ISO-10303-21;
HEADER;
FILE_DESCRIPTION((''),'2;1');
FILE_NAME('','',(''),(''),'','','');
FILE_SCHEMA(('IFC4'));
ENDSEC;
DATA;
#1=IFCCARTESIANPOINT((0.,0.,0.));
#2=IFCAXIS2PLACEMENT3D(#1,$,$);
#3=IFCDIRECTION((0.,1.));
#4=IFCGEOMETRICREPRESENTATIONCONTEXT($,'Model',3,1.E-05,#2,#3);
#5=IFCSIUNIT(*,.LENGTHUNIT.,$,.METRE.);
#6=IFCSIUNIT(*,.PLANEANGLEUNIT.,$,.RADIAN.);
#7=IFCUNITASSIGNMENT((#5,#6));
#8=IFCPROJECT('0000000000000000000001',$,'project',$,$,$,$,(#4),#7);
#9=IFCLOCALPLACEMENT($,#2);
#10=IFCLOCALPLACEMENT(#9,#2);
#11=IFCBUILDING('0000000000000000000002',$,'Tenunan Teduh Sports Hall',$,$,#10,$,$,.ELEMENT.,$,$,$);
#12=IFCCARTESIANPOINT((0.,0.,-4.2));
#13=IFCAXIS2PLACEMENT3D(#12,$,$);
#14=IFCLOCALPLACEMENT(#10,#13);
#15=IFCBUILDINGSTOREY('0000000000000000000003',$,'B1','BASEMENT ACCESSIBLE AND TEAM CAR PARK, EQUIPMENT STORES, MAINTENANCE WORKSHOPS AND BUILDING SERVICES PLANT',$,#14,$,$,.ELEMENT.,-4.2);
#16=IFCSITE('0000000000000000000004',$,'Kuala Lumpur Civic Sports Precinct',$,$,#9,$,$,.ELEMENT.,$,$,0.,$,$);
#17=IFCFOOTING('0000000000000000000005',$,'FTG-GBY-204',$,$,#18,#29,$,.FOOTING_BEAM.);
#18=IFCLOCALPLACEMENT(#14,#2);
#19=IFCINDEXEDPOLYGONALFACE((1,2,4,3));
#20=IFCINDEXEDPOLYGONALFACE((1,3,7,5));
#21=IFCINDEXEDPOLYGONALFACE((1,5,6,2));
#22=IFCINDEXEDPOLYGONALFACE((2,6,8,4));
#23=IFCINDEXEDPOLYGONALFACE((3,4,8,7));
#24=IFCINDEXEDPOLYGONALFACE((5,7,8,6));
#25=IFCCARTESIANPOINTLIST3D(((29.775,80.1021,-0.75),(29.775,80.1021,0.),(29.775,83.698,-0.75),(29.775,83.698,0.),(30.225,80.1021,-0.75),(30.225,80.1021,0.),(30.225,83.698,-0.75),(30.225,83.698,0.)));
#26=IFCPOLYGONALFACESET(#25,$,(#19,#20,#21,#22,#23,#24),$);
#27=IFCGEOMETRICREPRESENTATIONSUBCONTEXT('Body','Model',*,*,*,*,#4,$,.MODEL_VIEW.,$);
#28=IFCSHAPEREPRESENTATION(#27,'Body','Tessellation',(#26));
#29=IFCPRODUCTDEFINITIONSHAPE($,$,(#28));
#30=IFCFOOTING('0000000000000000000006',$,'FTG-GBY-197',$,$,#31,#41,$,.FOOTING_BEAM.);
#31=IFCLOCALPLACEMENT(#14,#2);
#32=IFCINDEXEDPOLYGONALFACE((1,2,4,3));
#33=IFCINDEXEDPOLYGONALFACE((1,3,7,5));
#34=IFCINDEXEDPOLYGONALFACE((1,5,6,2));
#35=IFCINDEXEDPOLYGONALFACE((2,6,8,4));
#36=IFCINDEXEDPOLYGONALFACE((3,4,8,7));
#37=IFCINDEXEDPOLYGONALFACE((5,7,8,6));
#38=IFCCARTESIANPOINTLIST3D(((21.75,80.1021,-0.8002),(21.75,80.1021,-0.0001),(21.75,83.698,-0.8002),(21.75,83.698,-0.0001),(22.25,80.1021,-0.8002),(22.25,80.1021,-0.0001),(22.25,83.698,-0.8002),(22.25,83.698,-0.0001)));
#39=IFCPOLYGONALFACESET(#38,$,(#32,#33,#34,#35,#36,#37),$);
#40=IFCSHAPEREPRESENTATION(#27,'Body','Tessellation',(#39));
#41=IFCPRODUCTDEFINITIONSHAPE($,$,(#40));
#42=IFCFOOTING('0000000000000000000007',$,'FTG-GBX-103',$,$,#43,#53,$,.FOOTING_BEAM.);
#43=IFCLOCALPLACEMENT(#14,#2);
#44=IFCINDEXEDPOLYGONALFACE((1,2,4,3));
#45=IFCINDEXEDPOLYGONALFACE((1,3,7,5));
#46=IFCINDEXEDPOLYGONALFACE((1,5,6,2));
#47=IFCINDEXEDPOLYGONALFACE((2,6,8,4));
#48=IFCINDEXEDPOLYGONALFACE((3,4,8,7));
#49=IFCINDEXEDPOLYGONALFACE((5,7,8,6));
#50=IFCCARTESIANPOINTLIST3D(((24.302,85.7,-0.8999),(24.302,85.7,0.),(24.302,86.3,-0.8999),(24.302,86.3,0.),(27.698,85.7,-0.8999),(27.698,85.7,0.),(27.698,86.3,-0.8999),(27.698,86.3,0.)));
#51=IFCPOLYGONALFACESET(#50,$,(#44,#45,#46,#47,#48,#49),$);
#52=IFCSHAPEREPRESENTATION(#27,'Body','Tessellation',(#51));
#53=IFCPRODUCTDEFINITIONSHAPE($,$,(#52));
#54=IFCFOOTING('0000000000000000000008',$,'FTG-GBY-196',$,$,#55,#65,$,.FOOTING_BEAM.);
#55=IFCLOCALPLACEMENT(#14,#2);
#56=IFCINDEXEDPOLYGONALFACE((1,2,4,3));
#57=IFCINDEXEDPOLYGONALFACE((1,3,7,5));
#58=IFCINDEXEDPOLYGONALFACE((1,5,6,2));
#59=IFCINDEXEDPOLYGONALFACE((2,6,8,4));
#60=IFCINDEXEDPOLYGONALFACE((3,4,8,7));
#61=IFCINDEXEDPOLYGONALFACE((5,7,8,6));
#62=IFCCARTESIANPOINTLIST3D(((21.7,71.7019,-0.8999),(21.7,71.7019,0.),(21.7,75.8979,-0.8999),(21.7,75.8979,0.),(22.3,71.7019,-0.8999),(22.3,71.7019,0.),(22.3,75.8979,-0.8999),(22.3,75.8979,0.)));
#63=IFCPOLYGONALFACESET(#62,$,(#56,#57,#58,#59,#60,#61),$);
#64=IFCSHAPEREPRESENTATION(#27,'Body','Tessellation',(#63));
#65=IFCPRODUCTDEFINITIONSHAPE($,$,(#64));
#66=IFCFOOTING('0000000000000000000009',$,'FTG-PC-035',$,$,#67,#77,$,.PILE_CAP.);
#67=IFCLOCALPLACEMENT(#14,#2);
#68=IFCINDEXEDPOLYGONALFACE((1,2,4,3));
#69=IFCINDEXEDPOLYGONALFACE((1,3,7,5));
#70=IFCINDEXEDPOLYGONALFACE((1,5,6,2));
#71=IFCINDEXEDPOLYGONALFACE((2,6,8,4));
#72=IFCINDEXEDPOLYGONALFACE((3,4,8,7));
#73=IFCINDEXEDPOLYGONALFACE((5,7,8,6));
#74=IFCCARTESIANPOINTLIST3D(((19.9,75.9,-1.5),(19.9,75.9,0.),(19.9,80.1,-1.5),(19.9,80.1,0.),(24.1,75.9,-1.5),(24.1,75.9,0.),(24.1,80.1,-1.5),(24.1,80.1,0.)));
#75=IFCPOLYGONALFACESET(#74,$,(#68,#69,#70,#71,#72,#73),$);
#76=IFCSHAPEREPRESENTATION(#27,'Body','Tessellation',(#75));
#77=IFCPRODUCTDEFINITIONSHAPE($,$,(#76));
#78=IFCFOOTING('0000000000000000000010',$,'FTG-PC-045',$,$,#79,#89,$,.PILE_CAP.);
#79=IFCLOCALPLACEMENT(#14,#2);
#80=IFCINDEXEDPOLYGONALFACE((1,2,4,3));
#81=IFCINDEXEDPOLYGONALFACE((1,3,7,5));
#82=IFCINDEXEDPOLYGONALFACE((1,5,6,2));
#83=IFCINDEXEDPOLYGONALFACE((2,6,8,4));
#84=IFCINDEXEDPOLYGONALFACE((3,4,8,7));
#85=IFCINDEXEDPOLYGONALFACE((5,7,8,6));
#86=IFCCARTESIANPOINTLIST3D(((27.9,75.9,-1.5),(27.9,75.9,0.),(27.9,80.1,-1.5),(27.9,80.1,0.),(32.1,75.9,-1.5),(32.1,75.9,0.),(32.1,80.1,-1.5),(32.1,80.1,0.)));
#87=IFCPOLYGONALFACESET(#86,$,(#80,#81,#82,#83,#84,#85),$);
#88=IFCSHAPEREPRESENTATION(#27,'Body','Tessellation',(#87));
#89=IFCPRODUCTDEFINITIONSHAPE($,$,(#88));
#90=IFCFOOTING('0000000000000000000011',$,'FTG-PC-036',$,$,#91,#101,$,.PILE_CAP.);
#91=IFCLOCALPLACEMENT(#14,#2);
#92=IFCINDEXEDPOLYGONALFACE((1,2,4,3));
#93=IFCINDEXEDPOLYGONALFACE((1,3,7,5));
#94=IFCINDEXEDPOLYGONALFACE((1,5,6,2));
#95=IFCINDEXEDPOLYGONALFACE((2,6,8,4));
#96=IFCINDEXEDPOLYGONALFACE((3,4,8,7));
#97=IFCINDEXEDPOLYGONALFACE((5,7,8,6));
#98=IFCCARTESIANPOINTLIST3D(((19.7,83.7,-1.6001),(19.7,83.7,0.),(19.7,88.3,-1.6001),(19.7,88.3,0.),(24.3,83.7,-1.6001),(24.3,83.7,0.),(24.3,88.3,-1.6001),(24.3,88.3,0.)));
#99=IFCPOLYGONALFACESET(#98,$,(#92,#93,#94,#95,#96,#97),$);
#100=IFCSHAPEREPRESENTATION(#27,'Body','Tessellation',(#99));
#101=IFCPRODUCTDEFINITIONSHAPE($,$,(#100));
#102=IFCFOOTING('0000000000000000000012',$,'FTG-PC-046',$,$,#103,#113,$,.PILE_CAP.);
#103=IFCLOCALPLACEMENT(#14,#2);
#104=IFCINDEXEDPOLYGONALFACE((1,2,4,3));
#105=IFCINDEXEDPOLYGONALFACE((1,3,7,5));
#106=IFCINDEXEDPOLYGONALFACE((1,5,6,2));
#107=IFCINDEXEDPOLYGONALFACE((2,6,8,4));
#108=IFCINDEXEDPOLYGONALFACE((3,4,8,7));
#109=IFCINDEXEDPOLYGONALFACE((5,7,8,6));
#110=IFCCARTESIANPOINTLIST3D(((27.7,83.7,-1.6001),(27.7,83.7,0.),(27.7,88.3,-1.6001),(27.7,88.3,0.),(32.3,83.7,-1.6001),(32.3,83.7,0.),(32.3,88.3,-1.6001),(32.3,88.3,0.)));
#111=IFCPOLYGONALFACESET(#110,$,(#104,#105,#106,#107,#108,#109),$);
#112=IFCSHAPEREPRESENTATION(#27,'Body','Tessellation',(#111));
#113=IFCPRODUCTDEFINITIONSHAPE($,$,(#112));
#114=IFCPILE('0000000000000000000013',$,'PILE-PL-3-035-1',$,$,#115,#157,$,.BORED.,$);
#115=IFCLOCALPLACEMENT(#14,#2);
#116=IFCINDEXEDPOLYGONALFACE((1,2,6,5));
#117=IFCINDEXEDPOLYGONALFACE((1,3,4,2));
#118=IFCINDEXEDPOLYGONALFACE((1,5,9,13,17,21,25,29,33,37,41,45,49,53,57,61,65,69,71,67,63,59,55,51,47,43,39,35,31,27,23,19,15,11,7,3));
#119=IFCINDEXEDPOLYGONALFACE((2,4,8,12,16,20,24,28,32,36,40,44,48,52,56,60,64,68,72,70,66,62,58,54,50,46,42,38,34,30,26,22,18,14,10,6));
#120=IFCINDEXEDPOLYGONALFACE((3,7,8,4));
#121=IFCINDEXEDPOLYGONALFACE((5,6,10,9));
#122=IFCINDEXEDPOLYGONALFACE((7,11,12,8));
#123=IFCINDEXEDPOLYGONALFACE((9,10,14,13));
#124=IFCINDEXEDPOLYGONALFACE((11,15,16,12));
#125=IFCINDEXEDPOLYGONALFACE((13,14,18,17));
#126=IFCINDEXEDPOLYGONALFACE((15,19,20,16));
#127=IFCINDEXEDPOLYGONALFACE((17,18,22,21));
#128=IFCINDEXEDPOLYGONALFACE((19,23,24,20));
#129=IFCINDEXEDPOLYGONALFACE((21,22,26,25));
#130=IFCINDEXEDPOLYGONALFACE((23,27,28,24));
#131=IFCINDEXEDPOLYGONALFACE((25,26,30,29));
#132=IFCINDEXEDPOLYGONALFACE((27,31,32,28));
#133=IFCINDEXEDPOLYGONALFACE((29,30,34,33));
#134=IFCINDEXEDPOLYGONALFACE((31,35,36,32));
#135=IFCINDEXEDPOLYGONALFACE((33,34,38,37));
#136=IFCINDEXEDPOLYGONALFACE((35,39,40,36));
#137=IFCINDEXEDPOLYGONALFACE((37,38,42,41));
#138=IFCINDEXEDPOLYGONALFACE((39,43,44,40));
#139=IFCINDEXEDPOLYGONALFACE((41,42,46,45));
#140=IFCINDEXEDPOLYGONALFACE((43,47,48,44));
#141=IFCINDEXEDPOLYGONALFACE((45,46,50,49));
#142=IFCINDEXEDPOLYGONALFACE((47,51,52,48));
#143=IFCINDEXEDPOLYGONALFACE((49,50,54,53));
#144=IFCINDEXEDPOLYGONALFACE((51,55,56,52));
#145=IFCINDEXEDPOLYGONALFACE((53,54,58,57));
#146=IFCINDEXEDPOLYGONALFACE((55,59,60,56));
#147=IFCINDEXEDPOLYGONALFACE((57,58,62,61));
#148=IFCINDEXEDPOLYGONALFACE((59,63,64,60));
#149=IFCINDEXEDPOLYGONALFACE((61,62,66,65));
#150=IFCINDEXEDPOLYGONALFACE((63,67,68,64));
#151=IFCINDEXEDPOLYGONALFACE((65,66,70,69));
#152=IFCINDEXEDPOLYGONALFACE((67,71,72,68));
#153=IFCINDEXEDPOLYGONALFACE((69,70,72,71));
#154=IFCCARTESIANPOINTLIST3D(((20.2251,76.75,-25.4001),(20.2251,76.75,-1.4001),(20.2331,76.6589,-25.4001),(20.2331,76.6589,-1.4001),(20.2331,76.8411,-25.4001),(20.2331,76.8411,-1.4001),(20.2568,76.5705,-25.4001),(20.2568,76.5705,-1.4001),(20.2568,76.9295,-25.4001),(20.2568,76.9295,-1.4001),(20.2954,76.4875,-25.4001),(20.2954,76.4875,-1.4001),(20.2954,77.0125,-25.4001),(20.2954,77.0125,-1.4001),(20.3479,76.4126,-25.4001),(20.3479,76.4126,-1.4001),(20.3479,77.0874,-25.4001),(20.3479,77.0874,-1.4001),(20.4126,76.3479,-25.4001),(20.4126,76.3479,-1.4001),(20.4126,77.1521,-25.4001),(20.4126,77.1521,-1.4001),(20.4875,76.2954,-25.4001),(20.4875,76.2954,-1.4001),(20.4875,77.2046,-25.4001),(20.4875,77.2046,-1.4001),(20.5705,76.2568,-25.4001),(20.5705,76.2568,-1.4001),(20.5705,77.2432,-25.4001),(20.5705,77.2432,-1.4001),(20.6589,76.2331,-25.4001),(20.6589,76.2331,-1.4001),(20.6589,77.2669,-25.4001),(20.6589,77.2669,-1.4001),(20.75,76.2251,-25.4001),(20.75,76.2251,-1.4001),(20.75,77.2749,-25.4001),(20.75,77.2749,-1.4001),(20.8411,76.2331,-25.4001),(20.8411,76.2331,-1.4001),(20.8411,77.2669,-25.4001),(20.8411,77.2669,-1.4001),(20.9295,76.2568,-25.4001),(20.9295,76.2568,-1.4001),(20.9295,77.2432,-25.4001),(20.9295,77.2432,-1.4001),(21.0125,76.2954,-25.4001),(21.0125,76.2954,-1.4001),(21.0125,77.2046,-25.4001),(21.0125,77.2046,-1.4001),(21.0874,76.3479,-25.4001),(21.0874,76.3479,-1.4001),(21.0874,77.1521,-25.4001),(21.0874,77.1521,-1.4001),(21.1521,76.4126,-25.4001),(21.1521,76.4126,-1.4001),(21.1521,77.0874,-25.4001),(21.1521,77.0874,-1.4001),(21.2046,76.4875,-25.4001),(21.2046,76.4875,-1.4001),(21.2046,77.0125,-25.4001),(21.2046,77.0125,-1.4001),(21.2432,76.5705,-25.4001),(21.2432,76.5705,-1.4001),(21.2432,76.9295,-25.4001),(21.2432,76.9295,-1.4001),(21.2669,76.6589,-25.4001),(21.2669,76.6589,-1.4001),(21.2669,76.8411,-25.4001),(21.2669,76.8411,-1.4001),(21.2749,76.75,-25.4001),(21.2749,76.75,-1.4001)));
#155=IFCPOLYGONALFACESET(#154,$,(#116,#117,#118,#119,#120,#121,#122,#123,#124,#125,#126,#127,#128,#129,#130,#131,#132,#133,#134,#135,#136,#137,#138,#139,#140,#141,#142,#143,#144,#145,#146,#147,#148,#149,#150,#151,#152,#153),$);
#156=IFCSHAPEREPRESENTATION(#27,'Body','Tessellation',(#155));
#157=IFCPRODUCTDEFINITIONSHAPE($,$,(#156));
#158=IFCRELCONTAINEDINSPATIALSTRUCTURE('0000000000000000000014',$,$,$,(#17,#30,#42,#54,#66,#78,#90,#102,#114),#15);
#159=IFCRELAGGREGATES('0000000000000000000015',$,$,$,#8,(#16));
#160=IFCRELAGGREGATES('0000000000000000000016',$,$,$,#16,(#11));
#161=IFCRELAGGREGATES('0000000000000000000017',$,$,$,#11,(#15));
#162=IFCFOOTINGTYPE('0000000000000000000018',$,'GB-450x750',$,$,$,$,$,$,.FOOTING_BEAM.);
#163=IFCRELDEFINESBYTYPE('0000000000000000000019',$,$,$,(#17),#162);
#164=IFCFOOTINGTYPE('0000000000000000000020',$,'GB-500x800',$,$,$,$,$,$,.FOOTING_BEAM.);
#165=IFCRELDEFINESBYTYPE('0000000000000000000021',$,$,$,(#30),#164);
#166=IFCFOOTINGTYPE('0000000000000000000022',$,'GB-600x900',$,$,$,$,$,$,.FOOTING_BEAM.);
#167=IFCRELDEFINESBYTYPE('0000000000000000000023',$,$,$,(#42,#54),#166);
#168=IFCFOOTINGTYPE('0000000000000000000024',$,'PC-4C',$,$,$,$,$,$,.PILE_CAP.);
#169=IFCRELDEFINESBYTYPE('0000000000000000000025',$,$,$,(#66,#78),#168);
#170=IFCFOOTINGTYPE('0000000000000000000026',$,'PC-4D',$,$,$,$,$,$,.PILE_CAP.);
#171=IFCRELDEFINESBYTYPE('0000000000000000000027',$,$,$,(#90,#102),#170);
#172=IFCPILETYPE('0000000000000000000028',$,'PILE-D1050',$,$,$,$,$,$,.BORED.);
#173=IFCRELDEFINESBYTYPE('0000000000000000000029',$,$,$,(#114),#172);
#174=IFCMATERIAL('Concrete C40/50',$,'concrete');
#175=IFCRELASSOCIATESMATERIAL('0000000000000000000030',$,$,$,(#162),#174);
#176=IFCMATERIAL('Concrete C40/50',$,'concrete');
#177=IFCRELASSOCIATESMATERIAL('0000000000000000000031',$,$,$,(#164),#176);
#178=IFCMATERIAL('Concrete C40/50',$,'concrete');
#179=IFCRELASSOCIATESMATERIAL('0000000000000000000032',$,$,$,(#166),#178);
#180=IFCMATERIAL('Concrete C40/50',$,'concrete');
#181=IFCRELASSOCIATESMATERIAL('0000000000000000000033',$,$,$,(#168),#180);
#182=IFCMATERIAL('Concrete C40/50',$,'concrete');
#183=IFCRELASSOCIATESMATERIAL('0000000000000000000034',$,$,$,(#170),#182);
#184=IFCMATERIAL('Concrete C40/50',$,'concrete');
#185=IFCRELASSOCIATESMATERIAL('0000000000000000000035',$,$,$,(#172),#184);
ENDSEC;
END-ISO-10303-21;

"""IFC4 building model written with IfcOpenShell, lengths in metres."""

from ifc_helpers import new_model, si_unit, direction, frame, origin, origin_2d, place, context, subcontext, project, spatial, rectangle, circle, extrude, material, material_profile, profile_set, type_object, element, save


model = new_model("IFC4")

# Units and contexts
model_context = context("Model", 3, precision=1e-05, world=origin(), true_north=direction((0.0, 1.0)))
body_context = subcontext(model_context, "Body", "Model", "MODEL_VIEW")
ifc_project = project(units=[si_unit("LENGTHUNIT", "METRE"), si_unit("PLANEANGLEUNIT", "RADIAN")], contexts=[model_context])

# Site, building, storey
site_placement = place(None, origin())
site = spatial("IfcSite", under=ifc_project, at=site_placement, Name="Kuala Lumpur Civic Sports Precinct", CompositionType="ELEMENT", RefElevation=0.0)
building_placement = place(site_placement, origin())
building = spatial("IfcBuilding", under=site, at=building_placement, Name="Tenunan Teduh Sports Hall", CompositionType="ELEMENT")
storey_placement = place(building_placement, frame((0.0, 0.0, -4.2)))
storey = spatial("IfcBuildingStorey", under=building, at=storey_placement, Name="B1", Description="BASEMENT ACCESSIBLE AND TEAM CAR PARK, EQUIPMENT STORES, MAINTENANCE WORKSHOPS AND BUILDING SERVICES PLANT", CompositionType="ELEMENT", Elevation=-4.2)

# Footings
ifc_material_1 = material(Name="Concrete C40/50", Category="concrete")
ifc_material_profile_1 = material_profile(ifc_material_1, rectangle(XDim=0.45, YDim=0.75, at=origin_2d()), Name="RCB 450x750")
ifc_profile_set_1 = profile_set([ifc_material_profile_1], Name="Concrete C40/50")
footing_type_1 = type_object("IfcFootingType", Name="GB-450x750", PredefinedType="FOOTING_BEAM", material=ifc_profile_set_1)
footing_1_placement = place(storey_placement, frame((30.0, 80.1021, -0.375), z_axis=(0.0, 1.0, 0.0), x_axis=(-1.0, 0.0, 0.0)))
element("IfcFooting", 1, at=footing_1_placement, inside=storey, type_object=footing_type_1, Name="FTG-GBY-204", PredefinedType="FOOTING_BEAM", context=body_context, shape_type="SweptSolid", body=[
    extrude(rectangle(XDim=0.45, YDim=0.75, at=origin_2d()), origin(), (0.0, 0.0, 1.0), 3.5959),
])
ifc_material_2 = material(Name="Concrete C40/50", Category="concrete")
ifc_material_profile_2 = material_profile(ifc_material_2, rectangle(XDim=0.5, YDim=0.8, at=origin_2d()), Name="RCB 500x800")
ifc_profile_set_2 = profile_set([ifc_material_profile_2], Name="Concrete C40/50")
footing_type_2 = type_object("IfcFootingType", Name="GB-500x800", PredefinedType="FOOTING_BEAM", material=ifc_profile_set_2)
footing_2_placement = place(storey_placement, frame((22.0, 80.1021, -0.4001), z_axis=(0.0, 1.0, 0.0), x_axis=(-1.0, 0.0, 0.0)))
element("IfcFooting", 2, at=footing_2_placement, inside=storey, type_object=footing_type_2, Name="FTG-GBY-197", PredefinedType="FOOTING_BEAM", context=body_context, shape_type="SweptSolid", body=[
    extrude(rectangle(XDim=0.5, YDim=0.8, at=origin_2d()), origin(), (0.0, 0.0, 1.0), 3.5959),
])
ifc_material_3 = material(Name="Concrete C40/50", Category="concrete")
ifc_material_profile_3 = material_profile(ifc_material_3, rectangle(XDim=0.6001, YDim=0.8999, at=origin_2d()), Name="RCB 600x900")
ifc_profile_set_3 = profile_set([ifc_material_profile_3], Name="Concrete C40/50")
footing_type_3 = type_object("IfcFootingType", Name="GB-600x900", PredefinedType="FOOTING_BEAM", material=ifc_profile_set_3)
footing_3_placement = place(storey_placement, frame((24.302, 86.0, -0.45), z_axis=(1.0, 0.0, 0.0), x_axis=(0.0, 1.0, 0.0)))
element("IfcFooting", 3, at=footing_3_placement, inside=storey, type_object=footing_type_3, Name="FTG-GBX-103", PredefinedType="FOOTING_BEAM", context=body_context, shape_type="SweptSolid", body=[
    extrude(rectangle(XDim=0.6001, YDim=0.8999, at=origin_2d()), origin(), (0.0, 0.0, 1.0), 3.396),
])
footing_4_placement = place(storey_placement, frame((22.0, 71.7019, -0.45), z_axis=(0.0, 1.0, 0.0), x_axis=(-1.0, 0.0, 0.0)))
element("IfcFooting", 4, at=footing_4_placement, inside=storey, type_object=footing_type_3, Name="FTG-GBY-196", PredefinedType="FOOTING_BEAM", context=body_context, shape_type="SweptSolid", body=[
    extrude(rectangle(XDim=0.6001, YDim=0.8999, at=origin_2d()), origin(), (0.0, 0.0, 1.0), 4.196),
])
ifc_material_4 = material(Name="Concrete C40/50", Category="concrete")
footing_type_4 = type_object("IfcFootingType", Name="PC-4C", PredefinedType="PILE_CAP", material=ifc_material_4)
for number, where, z_axis, x_axis, name in (
    (5, (22.0, 78.0, -1.5), (0.0, 0.0, 1.0), (1.0, 0.0, 0.0), "FTG-PC-035"),
    (6, (30.0, 78.0, -1.5), (0.0, 0.0, 1.0), (1.0, 0.0, 0.0), "FTG-PC-045"),
):
    element("IfcFooting", number, at=place(storey_placement, frame(where, z_axis=z_axis, x_axis=x_axis)), inside=storey, type_object=footing_type_4, Name=name, PredefinedType="PILE_CAP", context=body_context, shape_type="SweptSolid", body=[
        extrude(rectangle(XDim=4.2, YDim=4.2, at=origin_2d()), origin(), (0.0, 0.0, 1.0), 1.5),
    ])
ifc_material_5 = material(Name="Concrete C40/50", Category="concrete")
footing_type_5 = type_object("IfcFootingType", Name="PC-4D", PredefinedType="PILE_CAP", material=ifc_material_5)
for number, where, z_axis, x_axis, name in (
    (7, (22.0, 86.0, -1.6001), (0.0, 0.0, 1.0), (1.0, 0.0, 0.0), "FTG-PC-036"),
    (8, (30.0, 86.0, -1.6001), (0.0, 0.0, 1.0), (1.0, 0.0, 0.0), "FTG-PC-046"),
):
    element("IfcFooting", number, at=place(storey_placement, frame(where, z_axis=z_axis, x_axis=x_axis)), inside=storey, type_object=footing_type_5, Name=name, PredefinedType="PILE_CAP", context=body_context, shape_type="SweptSolid", body=[
        extrude(rectangle(XDim=4.6001, YDim=4.6001, at=origin_2d()), origin(), (0.0, 0.0, 1.0), 1.6001),
    ])

# Pile
ifc_material_6 = material(Name="Concrete C40/50", Category="concrete")
ifc_material_profile_4 = material_profile(ifc_material_6, circle(Radius=0.5249, at=origin_2d()), Name="PILE D1050")
ifc_profile_set_4 = profile_set([ifc_material_profile_4], Name="Concrete C40/50")
pile_type_1 = type_object("IfcPileType", Name="PILE-D1050", PredefinedType="BORED", material=ifc_profile_set_4)
for number, where, z_axis, x_axis, name in (
    (9, (20.75, 76.75, -1.4001), (0.0, 0.0, -1.0), (1.0, 0.0, 0.0), "PILE-PL-3-035-1"),
):
    element("IfcPile", number, at=place(storey_placement, frame(where, z_axis=z_axis, x_axis=x_axis)), inside=storey, type_object=pile_type_1, Name=name, PredefinedType="BORED", context=body_context, shape_type="SweptSolid", body=[
        extrude(circle(Radius=0.5249, at=origin_2d()), origin(), (0.0, 0.0, 1.0), 24.0),
    ])

save(model, "model.ifc")
